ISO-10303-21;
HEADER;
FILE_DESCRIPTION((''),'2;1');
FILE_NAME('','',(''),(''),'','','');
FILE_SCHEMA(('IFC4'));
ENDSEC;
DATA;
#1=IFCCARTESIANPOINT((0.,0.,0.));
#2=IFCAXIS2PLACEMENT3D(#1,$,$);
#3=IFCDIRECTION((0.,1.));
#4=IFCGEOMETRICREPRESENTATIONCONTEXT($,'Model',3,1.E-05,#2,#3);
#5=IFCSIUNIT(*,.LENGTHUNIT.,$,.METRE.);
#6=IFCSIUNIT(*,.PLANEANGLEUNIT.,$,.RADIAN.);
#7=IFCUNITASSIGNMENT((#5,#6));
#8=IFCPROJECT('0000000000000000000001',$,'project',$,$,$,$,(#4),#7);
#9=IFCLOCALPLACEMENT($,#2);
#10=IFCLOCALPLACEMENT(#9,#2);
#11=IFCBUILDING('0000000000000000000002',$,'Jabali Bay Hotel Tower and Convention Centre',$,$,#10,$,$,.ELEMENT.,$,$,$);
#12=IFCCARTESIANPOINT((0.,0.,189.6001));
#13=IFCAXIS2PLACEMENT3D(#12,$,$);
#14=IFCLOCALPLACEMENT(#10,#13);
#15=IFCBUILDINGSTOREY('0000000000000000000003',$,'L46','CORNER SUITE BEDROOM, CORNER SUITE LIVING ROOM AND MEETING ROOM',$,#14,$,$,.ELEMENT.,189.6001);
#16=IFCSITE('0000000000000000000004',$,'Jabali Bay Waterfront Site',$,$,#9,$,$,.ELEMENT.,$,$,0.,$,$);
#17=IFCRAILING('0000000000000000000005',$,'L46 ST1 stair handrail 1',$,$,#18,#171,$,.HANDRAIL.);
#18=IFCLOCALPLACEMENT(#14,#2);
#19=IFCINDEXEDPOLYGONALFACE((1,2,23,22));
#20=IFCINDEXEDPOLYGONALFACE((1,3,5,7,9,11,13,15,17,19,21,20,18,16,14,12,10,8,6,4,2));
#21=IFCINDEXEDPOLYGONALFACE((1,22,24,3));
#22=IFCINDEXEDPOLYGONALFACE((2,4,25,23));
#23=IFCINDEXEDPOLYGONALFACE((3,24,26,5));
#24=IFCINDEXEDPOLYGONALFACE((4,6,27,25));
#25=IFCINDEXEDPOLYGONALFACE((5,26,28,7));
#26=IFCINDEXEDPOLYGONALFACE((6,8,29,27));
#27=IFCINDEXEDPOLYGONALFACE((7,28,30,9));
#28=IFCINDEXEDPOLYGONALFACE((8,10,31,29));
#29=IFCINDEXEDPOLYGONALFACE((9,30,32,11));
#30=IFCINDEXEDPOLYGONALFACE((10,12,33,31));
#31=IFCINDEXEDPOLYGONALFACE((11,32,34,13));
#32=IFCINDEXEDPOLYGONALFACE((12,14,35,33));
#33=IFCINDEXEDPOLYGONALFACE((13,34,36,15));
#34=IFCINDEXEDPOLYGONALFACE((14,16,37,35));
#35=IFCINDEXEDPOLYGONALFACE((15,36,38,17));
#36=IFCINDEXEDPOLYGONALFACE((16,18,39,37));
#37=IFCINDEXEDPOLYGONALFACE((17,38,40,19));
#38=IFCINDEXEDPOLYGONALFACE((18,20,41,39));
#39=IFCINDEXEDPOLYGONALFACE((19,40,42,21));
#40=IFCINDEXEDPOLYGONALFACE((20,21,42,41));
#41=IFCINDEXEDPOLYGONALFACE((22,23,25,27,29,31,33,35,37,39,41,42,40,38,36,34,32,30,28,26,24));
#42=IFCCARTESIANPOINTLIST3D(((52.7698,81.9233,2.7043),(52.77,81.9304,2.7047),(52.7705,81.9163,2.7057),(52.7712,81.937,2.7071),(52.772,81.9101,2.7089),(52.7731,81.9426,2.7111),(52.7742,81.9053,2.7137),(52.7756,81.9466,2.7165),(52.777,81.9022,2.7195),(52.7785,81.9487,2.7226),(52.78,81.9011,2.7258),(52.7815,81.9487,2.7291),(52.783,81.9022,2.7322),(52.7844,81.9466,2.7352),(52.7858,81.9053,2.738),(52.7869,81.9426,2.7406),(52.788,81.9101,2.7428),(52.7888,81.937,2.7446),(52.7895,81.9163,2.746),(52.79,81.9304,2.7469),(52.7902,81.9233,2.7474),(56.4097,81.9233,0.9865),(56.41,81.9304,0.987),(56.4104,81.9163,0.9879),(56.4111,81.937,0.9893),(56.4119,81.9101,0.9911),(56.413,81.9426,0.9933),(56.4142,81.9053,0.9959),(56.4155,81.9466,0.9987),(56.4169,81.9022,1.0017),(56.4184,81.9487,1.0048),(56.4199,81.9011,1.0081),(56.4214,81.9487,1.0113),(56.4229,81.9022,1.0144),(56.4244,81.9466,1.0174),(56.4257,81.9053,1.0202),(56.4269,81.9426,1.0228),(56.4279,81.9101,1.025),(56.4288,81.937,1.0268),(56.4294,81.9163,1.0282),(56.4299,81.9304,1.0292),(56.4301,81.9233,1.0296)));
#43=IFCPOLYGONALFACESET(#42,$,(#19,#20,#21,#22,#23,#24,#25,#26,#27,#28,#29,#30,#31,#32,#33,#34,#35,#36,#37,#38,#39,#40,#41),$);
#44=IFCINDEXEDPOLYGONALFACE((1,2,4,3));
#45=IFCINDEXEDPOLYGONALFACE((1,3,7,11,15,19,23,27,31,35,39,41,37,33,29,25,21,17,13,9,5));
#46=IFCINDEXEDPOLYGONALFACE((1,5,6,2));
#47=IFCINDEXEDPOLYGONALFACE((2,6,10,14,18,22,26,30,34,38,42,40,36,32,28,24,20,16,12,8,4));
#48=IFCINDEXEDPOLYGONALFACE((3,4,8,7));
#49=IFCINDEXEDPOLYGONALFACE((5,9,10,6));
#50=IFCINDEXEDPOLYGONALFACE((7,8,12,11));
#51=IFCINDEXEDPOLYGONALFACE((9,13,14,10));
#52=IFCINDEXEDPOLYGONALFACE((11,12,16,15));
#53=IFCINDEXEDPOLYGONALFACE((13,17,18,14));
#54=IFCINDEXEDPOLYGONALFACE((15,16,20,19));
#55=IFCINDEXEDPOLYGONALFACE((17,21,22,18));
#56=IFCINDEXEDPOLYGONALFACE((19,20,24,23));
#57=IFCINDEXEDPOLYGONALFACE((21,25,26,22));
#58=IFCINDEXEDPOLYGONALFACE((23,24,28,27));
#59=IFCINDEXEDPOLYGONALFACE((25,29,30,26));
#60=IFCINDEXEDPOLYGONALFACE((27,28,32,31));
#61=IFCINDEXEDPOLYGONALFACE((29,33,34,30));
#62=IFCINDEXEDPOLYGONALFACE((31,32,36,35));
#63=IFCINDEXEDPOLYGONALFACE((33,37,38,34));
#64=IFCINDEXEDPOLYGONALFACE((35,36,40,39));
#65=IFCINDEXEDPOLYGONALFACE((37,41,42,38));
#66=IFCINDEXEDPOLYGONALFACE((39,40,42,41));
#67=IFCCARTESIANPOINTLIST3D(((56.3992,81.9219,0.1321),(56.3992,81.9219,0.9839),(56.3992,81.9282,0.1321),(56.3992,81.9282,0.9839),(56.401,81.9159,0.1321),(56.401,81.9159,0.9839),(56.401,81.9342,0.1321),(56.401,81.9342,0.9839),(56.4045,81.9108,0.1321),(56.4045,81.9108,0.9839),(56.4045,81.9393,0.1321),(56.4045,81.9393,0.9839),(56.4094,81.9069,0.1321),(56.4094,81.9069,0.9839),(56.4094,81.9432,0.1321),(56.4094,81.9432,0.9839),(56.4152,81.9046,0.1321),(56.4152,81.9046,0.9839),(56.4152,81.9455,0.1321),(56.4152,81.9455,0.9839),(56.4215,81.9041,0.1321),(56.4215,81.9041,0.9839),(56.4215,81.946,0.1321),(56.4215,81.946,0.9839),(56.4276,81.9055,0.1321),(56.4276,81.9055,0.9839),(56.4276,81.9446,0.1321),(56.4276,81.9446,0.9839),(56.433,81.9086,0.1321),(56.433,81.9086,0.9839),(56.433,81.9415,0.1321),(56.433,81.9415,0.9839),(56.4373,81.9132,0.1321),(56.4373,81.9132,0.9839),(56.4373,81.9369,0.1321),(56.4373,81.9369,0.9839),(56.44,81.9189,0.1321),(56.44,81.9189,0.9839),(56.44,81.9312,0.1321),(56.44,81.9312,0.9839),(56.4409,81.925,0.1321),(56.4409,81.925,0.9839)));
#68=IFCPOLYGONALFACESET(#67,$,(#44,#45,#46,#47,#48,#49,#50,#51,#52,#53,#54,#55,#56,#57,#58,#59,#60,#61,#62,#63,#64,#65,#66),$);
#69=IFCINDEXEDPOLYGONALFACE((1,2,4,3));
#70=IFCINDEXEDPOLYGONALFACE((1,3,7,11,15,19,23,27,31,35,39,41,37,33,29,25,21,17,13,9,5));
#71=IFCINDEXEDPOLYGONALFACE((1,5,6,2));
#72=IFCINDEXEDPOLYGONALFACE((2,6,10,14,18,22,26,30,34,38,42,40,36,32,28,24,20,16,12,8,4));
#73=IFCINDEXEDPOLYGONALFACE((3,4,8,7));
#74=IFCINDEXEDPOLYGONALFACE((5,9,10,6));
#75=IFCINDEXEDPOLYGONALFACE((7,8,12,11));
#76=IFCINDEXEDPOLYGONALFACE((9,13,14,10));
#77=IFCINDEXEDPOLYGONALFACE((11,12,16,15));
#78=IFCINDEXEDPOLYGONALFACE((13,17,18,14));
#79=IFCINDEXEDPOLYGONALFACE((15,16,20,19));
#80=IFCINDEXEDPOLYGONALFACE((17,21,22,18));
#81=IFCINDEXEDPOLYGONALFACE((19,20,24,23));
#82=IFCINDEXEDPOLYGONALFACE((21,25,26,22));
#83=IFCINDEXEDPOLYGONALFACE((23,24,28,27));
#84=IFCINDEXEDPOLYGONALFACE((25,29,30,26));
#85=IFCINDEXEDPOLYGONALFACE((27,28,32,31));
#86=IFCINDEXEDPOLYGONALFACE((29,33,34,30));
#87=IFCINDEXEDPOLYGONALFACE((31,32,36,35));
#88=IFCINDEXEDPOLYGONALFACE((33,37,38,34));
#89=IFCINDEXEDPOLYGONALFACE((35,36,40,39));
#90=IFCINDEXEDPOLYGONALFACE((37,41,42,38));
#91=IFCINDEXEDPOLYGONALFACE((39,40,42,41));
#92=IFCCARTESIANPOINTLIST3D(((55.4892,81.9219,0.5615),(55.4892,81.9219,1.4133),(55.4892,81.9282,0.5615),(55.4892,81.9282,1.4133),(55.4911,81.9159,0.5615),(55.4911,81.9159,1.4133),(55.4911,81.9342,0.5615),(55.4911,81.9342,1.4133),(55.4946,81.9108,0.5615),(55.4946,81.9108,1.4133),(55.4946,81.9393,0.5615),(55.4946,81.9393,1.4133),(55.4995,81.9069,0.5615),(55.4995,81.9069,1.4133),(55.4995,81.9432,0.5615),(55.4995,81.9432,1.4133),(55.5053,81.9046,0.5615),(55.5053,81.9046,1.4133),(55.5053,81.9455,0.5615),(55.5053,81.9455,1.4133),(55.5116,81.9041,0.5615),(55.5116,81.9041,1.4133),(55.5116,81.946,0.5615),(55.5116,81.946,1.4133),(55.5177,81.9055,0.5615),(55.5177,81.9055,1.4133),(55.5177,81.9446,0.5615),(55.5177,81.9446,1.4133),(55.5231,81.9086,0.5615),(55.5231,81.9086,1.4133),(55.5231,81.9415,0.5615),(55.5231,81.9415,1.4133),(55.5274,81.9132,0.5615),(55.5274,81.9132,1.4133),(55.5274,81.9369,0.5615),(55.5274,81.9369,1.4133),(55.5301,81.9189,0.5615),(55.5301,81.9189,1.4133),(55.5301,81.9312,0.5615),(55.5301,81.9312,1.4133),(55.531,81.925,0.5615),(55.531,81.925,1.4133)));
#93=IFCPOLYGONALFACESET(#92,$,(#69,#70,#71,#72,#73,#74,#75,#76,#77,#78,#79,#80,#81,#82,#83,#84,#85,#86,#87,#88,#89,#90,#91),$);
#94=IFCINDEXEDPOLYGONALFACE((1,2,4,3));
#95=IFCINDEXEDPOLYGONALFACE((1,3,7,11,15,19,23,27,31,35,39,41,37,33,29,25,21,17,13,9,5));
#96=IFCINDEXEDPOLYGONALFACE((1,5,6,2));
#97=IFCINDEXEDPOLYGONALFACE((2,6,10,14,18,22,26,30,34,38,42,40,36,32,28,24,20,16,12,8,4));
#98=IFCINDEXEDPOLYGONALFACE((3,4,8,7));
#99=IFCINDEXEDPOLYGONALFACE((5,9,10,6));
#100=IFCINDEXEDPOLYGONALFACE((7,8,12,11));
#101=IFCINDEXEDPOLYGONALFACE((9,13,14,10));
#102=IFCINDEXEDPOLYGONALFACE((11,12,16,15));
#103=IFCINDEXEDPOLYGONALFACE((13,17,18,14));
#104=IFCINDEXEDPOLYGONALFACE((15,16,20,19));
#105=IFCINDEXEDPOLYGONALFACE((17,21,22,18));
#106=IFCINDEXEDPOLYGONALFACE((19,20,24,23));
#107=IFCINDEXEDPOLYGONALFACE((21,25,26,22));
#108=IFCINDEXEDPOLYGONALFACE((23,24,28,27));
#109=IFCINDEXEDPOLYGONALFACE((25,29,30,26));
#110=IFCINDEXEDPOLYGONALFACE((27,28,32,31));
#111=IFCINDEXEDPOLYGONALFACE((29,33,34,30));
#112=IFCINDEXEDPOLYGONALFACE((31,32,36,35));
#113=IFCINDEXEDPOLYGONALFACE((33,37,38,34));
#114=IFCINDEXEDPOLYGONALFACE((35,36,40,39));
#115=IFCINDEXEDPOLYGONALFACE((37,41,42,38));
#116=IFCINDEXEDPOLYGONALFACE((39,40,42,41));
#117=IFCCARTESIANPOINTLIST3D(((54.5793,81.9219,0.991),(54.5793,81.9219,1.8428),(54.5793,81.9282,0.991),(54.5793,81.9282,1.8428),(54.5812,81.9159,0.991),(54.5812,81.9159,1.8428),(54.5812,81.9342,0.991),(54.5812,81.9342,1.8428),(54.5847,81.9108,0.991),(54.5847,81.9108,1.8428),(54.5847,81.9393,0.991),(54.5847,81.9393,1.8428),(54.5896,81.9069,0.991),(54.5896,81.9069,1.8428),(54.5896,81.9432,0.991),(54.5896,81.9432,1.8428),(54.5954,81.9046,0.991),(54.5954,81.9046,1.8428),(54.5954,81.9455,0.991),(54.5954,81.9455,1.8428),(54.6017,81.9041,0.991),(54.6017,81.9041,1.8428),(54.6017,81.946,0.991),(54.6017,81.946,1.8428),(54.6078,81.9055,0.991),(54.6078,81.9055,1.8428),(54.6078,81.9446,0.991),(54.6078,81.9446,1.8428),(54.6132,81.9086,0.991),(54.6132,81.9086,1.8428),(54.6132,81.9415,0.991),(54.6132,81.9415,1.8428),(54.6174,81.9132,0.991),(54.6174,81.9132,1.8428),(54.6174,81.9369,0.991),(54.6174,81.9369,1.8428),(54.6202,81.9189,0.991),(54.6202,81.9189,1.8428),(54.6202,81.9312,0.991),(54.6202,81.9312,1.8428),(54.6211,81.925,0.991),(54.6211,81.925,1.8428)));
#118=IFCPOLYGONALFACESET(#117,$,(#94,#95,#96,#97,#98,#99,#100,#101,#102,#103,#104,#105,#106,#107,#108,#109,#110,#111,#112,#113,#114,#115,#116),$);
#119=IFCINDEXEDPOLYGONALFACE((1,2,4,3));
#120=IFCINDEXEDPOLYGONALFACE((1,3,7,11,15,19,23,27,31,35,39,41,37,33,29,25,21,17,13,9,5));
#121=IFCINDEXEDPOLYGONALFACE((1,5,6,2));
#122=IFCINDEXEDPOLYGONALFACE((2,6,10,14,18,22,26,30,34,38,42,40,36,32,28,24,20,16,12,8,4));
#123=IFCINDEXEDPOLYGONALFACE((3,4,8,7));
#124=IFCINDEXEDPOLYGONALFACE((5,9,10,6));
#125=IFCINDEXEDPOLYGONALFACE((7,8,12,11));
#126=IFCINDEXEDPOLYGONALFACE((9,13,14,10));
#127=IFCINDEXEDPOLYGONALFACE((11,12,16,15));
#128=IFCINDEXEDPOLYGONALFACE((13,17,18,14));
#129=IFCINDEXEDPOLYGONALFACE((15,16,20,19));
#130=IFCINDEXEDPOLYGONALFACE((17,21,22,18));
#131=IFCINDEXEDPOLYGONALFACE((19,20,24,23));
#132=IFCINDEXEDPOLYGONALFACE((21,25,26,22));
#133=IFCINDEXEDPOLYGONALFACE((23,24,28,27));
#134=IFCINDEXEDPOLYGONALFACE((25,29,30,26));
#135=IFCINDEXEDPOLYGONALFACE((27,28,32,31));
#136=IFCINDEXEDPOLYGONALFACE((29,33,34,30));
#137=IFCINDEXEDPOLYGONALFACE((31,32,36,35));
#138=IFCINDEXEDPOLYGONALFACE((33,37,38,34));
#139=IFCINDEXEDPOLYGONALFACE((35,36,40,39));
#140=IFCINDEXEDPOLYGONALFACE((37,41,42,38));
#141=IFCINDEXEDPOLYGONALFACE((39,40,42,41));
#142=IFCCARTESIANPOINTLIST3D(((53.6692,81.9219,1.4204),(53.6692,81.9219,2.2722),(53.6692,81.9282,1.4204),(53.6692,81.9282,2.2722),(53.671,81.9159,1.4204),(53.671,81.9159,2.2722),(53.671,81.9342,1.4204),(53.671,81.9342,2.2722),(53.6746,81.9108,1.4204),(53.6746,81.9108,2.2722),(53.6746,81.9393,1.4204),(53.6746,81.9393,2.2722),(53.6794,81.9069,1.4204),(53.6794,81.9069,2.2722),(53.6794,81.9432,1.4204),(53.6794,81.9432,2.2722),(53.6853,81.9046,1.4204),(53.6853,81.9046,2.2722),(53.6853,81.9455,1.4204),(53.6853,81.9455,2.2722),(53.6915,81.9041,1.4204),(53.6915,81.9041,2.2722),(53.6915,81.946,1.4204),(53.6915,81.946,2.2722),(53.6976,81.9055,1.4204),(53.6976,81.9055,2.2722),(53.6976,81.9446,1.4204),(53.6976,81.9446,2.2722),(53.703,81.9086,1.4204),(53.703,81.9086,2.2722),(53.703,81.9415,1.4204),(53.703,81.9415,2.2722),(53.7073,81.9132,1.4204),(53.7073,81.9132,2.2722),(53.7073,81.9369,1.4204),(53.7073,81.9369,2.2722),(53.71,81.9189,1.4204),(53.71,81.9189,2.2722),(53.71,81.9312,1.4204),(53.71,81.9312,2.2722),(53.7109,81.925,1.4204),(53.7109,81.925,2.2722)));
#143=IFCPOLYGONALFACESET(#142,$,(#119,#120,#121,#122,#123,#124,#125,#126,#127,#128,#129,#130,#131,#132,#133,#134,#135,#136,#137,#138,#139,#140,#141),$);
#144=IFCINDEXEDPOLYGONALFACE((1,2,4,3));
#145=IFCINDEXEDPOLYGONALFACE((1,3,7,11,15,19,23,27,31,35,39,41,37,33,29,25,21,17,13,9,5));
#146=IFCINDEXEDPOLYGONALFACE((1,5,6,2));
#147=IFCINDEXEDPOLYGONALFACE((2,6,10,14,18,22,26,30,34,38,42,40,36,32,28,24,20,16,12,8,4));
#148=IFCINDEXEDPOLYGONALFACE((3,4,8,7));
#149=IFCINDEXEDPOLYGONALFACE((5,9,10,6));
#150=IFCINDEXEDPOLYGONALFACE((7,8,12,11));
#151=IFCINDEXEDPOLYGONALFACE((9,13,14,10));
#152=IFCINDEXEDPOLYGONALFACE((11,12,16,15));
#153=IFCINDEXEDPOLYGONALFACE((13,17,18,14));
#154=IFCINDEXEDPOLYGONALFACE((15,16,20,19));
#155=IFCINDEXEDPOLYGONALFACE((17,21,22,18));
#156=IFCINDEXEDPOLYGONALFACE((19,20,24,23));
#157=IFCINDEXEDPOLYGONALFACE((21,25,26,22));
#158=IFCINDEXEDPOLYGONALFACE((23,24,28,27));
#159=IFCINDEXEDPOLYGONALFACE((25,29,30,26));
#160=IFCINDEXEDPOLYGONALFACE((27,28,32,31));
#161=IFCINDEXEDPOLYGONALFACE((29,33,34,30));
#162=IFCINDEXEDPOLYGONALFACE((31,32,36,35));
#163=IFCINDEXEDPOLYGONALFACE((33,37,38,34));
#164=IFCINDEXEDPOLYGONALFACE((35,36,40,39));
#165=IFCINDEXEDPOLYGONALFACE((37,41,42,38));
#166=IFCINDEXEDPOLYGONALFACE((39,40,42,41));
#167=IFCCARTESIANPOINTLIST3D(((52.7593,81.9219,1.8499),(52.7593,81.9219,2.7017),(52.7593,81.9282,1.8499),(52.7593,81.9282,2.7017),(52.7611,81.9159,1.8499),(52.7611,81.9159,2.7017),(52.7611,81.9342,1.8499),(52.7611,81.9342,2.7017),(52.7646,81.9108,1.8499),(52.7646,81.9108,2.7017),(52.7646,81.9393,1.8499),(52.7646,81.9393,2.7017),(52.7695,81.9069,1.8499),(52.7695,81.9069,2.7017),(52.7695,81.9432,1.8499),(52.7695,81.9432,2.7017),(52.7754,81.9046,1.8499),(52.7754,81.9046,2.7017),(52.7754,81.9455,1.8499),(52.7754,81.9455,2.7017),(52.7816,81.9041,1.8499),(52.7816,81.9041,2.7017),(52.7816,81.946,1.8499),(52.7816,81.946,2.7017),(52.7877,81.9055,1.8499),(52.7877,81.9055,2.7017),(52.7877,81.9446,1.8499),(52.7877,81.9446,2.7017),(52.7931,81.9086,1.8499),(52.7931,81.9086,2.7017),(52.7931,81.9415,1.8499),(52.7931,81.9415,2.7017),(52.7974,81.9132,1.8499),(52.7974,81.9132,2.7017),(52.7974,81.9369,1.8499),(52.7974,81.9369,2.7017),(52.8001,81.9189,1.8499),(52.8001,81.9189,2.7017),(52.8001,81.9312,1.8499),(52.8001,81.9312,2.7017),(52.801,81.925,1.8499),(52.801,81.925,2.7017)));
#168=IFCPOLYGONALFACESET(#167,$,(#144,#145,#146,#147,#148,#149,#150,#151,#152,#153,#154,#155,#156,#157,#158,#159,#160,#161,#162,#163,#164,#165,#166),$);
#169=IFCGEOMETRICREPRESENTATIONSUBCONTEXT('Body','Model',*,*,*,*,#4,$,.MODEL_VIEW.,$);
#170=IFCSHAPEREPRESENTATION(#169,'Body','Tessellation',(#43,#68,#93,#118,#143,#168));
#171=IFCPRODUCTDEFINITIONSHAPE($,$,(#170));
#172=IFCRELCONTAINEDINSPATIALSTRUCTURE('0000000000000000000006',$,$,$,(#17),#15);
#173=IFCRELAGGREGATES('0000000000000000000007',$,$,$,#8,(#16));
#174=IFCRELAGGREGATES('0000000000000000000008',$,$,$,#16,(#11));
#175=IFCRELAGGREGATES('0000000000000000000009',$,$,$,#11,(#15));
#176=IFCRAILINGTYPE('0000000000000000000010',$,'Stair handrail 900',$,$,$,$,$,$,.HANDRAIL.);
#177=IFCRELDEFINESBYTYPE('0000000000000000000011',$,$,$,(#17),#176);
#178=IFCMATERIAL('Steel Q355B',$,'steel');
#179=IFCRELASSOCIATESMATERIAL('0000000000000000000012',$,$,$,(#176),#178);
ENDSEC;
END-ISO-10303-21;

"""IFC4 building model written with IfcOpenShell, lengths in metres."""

from ifc_helpers import new_model, si_unit, direction, frame, origin, origin_2d, place, context, subcontext, project, spatial, circle, extrude, material, type_object, element, save


model = new_model("IFC4")

# Units and contexts
model_context = context("Model", 3, precision=1e-05, world=origin(), true_north=direction((0.0, 1.0)))
body_context = subcontext(model_context, "Body", "Model", "MODEL_VIEW")
ifc_project = project(units=[si_unit("LENGTHUNIT", "METRE"), si_unit("PLANEANGLEUNIT", "RADIAN")], contexts=[model_context])

# Site, building, storey
site_placement = place(None, origin())
site = spatial("IfcSite", under=ifc_project, at=site_placement, Name="Jabali Bay Waterfront Site", CompositionType="ELEMENT", RefElevation=0.0)
building_placement = place(site_placement, origin())
building = spatial("IfcBuilding", under=site, at=building_placement, Name="Jabali Bay Hotel Tower and Convention Centre", CompositionType="ELEMENT")
storey_placement = place(building_placement, frame((0.0, 0.0, 189.6001)))
storey = spatial("IfcBuildingStorey", under=building, at=storey_placement, Name="L46", Description="CORNER SUITE BEDROOM, CORNER SUITE LIVING ROOM AND MEETING ROOM", CompositionType="ELEMENT", Elevation=189.6001)

# Railing
ifc_material_1 = material(Name="Steel Q355B", Category="steel")
railing_type_1 = type_object("IfcRailingType", Name="Stair handrail 900", PredefinedType="HANDRAIL", material=ifc_material_1)
railing_1_placement = place(storey_placement, frame((56.4199, 81.925, 0.1321)))
element("IfcRailing", 1, at=railing_1_placement, inside=storey, type_object=railing_type_1, Name="L46 ST1 stair handrail 1", PredefinedType="HANDRAIL", context=body_context, shape_type="SweptSolid", body=[
    extrude(circle(Radius=0.0239, at=origin_2d()), frame((0.0, 0.0, 0.876), z_axis=(-0.904351, 0.0, 0.42679), x_axis=(0.0, -1.0, 0.0)), (0.0, 0.0, 1.0), 4.0249),
    extrude(circle(Radius=0.021, at=origin_2d()), origin(), (0.0, 0.0, 1.0), 0.8518),
    extrude(circle(Radius=0.021, at=origin_2d()), frame((-0.9099, 0.0, 0.4294)), (0.0, 0.0, 1.0), 0.8518),
    extrude(circle(Radius=0.021, at=origin_2d()), frame((-1.8198, 0.0, 0.8589)), (0.0, 0.0, 1.0), 0.8518),
    extrude(circle(Radius=0.021, at=origin_2d()), frame((-2.73, 0.0, 1.2883)), (0.0, 0.0, 1.0), 0.8518),
    extrude(circle(Radius=0.021, at=origin_2d()), frame((-3.6399, 0.0, 1.7178)), (0.0, 0.0, 1.0), 0.8518),
])

save(model, "model.ifc")
